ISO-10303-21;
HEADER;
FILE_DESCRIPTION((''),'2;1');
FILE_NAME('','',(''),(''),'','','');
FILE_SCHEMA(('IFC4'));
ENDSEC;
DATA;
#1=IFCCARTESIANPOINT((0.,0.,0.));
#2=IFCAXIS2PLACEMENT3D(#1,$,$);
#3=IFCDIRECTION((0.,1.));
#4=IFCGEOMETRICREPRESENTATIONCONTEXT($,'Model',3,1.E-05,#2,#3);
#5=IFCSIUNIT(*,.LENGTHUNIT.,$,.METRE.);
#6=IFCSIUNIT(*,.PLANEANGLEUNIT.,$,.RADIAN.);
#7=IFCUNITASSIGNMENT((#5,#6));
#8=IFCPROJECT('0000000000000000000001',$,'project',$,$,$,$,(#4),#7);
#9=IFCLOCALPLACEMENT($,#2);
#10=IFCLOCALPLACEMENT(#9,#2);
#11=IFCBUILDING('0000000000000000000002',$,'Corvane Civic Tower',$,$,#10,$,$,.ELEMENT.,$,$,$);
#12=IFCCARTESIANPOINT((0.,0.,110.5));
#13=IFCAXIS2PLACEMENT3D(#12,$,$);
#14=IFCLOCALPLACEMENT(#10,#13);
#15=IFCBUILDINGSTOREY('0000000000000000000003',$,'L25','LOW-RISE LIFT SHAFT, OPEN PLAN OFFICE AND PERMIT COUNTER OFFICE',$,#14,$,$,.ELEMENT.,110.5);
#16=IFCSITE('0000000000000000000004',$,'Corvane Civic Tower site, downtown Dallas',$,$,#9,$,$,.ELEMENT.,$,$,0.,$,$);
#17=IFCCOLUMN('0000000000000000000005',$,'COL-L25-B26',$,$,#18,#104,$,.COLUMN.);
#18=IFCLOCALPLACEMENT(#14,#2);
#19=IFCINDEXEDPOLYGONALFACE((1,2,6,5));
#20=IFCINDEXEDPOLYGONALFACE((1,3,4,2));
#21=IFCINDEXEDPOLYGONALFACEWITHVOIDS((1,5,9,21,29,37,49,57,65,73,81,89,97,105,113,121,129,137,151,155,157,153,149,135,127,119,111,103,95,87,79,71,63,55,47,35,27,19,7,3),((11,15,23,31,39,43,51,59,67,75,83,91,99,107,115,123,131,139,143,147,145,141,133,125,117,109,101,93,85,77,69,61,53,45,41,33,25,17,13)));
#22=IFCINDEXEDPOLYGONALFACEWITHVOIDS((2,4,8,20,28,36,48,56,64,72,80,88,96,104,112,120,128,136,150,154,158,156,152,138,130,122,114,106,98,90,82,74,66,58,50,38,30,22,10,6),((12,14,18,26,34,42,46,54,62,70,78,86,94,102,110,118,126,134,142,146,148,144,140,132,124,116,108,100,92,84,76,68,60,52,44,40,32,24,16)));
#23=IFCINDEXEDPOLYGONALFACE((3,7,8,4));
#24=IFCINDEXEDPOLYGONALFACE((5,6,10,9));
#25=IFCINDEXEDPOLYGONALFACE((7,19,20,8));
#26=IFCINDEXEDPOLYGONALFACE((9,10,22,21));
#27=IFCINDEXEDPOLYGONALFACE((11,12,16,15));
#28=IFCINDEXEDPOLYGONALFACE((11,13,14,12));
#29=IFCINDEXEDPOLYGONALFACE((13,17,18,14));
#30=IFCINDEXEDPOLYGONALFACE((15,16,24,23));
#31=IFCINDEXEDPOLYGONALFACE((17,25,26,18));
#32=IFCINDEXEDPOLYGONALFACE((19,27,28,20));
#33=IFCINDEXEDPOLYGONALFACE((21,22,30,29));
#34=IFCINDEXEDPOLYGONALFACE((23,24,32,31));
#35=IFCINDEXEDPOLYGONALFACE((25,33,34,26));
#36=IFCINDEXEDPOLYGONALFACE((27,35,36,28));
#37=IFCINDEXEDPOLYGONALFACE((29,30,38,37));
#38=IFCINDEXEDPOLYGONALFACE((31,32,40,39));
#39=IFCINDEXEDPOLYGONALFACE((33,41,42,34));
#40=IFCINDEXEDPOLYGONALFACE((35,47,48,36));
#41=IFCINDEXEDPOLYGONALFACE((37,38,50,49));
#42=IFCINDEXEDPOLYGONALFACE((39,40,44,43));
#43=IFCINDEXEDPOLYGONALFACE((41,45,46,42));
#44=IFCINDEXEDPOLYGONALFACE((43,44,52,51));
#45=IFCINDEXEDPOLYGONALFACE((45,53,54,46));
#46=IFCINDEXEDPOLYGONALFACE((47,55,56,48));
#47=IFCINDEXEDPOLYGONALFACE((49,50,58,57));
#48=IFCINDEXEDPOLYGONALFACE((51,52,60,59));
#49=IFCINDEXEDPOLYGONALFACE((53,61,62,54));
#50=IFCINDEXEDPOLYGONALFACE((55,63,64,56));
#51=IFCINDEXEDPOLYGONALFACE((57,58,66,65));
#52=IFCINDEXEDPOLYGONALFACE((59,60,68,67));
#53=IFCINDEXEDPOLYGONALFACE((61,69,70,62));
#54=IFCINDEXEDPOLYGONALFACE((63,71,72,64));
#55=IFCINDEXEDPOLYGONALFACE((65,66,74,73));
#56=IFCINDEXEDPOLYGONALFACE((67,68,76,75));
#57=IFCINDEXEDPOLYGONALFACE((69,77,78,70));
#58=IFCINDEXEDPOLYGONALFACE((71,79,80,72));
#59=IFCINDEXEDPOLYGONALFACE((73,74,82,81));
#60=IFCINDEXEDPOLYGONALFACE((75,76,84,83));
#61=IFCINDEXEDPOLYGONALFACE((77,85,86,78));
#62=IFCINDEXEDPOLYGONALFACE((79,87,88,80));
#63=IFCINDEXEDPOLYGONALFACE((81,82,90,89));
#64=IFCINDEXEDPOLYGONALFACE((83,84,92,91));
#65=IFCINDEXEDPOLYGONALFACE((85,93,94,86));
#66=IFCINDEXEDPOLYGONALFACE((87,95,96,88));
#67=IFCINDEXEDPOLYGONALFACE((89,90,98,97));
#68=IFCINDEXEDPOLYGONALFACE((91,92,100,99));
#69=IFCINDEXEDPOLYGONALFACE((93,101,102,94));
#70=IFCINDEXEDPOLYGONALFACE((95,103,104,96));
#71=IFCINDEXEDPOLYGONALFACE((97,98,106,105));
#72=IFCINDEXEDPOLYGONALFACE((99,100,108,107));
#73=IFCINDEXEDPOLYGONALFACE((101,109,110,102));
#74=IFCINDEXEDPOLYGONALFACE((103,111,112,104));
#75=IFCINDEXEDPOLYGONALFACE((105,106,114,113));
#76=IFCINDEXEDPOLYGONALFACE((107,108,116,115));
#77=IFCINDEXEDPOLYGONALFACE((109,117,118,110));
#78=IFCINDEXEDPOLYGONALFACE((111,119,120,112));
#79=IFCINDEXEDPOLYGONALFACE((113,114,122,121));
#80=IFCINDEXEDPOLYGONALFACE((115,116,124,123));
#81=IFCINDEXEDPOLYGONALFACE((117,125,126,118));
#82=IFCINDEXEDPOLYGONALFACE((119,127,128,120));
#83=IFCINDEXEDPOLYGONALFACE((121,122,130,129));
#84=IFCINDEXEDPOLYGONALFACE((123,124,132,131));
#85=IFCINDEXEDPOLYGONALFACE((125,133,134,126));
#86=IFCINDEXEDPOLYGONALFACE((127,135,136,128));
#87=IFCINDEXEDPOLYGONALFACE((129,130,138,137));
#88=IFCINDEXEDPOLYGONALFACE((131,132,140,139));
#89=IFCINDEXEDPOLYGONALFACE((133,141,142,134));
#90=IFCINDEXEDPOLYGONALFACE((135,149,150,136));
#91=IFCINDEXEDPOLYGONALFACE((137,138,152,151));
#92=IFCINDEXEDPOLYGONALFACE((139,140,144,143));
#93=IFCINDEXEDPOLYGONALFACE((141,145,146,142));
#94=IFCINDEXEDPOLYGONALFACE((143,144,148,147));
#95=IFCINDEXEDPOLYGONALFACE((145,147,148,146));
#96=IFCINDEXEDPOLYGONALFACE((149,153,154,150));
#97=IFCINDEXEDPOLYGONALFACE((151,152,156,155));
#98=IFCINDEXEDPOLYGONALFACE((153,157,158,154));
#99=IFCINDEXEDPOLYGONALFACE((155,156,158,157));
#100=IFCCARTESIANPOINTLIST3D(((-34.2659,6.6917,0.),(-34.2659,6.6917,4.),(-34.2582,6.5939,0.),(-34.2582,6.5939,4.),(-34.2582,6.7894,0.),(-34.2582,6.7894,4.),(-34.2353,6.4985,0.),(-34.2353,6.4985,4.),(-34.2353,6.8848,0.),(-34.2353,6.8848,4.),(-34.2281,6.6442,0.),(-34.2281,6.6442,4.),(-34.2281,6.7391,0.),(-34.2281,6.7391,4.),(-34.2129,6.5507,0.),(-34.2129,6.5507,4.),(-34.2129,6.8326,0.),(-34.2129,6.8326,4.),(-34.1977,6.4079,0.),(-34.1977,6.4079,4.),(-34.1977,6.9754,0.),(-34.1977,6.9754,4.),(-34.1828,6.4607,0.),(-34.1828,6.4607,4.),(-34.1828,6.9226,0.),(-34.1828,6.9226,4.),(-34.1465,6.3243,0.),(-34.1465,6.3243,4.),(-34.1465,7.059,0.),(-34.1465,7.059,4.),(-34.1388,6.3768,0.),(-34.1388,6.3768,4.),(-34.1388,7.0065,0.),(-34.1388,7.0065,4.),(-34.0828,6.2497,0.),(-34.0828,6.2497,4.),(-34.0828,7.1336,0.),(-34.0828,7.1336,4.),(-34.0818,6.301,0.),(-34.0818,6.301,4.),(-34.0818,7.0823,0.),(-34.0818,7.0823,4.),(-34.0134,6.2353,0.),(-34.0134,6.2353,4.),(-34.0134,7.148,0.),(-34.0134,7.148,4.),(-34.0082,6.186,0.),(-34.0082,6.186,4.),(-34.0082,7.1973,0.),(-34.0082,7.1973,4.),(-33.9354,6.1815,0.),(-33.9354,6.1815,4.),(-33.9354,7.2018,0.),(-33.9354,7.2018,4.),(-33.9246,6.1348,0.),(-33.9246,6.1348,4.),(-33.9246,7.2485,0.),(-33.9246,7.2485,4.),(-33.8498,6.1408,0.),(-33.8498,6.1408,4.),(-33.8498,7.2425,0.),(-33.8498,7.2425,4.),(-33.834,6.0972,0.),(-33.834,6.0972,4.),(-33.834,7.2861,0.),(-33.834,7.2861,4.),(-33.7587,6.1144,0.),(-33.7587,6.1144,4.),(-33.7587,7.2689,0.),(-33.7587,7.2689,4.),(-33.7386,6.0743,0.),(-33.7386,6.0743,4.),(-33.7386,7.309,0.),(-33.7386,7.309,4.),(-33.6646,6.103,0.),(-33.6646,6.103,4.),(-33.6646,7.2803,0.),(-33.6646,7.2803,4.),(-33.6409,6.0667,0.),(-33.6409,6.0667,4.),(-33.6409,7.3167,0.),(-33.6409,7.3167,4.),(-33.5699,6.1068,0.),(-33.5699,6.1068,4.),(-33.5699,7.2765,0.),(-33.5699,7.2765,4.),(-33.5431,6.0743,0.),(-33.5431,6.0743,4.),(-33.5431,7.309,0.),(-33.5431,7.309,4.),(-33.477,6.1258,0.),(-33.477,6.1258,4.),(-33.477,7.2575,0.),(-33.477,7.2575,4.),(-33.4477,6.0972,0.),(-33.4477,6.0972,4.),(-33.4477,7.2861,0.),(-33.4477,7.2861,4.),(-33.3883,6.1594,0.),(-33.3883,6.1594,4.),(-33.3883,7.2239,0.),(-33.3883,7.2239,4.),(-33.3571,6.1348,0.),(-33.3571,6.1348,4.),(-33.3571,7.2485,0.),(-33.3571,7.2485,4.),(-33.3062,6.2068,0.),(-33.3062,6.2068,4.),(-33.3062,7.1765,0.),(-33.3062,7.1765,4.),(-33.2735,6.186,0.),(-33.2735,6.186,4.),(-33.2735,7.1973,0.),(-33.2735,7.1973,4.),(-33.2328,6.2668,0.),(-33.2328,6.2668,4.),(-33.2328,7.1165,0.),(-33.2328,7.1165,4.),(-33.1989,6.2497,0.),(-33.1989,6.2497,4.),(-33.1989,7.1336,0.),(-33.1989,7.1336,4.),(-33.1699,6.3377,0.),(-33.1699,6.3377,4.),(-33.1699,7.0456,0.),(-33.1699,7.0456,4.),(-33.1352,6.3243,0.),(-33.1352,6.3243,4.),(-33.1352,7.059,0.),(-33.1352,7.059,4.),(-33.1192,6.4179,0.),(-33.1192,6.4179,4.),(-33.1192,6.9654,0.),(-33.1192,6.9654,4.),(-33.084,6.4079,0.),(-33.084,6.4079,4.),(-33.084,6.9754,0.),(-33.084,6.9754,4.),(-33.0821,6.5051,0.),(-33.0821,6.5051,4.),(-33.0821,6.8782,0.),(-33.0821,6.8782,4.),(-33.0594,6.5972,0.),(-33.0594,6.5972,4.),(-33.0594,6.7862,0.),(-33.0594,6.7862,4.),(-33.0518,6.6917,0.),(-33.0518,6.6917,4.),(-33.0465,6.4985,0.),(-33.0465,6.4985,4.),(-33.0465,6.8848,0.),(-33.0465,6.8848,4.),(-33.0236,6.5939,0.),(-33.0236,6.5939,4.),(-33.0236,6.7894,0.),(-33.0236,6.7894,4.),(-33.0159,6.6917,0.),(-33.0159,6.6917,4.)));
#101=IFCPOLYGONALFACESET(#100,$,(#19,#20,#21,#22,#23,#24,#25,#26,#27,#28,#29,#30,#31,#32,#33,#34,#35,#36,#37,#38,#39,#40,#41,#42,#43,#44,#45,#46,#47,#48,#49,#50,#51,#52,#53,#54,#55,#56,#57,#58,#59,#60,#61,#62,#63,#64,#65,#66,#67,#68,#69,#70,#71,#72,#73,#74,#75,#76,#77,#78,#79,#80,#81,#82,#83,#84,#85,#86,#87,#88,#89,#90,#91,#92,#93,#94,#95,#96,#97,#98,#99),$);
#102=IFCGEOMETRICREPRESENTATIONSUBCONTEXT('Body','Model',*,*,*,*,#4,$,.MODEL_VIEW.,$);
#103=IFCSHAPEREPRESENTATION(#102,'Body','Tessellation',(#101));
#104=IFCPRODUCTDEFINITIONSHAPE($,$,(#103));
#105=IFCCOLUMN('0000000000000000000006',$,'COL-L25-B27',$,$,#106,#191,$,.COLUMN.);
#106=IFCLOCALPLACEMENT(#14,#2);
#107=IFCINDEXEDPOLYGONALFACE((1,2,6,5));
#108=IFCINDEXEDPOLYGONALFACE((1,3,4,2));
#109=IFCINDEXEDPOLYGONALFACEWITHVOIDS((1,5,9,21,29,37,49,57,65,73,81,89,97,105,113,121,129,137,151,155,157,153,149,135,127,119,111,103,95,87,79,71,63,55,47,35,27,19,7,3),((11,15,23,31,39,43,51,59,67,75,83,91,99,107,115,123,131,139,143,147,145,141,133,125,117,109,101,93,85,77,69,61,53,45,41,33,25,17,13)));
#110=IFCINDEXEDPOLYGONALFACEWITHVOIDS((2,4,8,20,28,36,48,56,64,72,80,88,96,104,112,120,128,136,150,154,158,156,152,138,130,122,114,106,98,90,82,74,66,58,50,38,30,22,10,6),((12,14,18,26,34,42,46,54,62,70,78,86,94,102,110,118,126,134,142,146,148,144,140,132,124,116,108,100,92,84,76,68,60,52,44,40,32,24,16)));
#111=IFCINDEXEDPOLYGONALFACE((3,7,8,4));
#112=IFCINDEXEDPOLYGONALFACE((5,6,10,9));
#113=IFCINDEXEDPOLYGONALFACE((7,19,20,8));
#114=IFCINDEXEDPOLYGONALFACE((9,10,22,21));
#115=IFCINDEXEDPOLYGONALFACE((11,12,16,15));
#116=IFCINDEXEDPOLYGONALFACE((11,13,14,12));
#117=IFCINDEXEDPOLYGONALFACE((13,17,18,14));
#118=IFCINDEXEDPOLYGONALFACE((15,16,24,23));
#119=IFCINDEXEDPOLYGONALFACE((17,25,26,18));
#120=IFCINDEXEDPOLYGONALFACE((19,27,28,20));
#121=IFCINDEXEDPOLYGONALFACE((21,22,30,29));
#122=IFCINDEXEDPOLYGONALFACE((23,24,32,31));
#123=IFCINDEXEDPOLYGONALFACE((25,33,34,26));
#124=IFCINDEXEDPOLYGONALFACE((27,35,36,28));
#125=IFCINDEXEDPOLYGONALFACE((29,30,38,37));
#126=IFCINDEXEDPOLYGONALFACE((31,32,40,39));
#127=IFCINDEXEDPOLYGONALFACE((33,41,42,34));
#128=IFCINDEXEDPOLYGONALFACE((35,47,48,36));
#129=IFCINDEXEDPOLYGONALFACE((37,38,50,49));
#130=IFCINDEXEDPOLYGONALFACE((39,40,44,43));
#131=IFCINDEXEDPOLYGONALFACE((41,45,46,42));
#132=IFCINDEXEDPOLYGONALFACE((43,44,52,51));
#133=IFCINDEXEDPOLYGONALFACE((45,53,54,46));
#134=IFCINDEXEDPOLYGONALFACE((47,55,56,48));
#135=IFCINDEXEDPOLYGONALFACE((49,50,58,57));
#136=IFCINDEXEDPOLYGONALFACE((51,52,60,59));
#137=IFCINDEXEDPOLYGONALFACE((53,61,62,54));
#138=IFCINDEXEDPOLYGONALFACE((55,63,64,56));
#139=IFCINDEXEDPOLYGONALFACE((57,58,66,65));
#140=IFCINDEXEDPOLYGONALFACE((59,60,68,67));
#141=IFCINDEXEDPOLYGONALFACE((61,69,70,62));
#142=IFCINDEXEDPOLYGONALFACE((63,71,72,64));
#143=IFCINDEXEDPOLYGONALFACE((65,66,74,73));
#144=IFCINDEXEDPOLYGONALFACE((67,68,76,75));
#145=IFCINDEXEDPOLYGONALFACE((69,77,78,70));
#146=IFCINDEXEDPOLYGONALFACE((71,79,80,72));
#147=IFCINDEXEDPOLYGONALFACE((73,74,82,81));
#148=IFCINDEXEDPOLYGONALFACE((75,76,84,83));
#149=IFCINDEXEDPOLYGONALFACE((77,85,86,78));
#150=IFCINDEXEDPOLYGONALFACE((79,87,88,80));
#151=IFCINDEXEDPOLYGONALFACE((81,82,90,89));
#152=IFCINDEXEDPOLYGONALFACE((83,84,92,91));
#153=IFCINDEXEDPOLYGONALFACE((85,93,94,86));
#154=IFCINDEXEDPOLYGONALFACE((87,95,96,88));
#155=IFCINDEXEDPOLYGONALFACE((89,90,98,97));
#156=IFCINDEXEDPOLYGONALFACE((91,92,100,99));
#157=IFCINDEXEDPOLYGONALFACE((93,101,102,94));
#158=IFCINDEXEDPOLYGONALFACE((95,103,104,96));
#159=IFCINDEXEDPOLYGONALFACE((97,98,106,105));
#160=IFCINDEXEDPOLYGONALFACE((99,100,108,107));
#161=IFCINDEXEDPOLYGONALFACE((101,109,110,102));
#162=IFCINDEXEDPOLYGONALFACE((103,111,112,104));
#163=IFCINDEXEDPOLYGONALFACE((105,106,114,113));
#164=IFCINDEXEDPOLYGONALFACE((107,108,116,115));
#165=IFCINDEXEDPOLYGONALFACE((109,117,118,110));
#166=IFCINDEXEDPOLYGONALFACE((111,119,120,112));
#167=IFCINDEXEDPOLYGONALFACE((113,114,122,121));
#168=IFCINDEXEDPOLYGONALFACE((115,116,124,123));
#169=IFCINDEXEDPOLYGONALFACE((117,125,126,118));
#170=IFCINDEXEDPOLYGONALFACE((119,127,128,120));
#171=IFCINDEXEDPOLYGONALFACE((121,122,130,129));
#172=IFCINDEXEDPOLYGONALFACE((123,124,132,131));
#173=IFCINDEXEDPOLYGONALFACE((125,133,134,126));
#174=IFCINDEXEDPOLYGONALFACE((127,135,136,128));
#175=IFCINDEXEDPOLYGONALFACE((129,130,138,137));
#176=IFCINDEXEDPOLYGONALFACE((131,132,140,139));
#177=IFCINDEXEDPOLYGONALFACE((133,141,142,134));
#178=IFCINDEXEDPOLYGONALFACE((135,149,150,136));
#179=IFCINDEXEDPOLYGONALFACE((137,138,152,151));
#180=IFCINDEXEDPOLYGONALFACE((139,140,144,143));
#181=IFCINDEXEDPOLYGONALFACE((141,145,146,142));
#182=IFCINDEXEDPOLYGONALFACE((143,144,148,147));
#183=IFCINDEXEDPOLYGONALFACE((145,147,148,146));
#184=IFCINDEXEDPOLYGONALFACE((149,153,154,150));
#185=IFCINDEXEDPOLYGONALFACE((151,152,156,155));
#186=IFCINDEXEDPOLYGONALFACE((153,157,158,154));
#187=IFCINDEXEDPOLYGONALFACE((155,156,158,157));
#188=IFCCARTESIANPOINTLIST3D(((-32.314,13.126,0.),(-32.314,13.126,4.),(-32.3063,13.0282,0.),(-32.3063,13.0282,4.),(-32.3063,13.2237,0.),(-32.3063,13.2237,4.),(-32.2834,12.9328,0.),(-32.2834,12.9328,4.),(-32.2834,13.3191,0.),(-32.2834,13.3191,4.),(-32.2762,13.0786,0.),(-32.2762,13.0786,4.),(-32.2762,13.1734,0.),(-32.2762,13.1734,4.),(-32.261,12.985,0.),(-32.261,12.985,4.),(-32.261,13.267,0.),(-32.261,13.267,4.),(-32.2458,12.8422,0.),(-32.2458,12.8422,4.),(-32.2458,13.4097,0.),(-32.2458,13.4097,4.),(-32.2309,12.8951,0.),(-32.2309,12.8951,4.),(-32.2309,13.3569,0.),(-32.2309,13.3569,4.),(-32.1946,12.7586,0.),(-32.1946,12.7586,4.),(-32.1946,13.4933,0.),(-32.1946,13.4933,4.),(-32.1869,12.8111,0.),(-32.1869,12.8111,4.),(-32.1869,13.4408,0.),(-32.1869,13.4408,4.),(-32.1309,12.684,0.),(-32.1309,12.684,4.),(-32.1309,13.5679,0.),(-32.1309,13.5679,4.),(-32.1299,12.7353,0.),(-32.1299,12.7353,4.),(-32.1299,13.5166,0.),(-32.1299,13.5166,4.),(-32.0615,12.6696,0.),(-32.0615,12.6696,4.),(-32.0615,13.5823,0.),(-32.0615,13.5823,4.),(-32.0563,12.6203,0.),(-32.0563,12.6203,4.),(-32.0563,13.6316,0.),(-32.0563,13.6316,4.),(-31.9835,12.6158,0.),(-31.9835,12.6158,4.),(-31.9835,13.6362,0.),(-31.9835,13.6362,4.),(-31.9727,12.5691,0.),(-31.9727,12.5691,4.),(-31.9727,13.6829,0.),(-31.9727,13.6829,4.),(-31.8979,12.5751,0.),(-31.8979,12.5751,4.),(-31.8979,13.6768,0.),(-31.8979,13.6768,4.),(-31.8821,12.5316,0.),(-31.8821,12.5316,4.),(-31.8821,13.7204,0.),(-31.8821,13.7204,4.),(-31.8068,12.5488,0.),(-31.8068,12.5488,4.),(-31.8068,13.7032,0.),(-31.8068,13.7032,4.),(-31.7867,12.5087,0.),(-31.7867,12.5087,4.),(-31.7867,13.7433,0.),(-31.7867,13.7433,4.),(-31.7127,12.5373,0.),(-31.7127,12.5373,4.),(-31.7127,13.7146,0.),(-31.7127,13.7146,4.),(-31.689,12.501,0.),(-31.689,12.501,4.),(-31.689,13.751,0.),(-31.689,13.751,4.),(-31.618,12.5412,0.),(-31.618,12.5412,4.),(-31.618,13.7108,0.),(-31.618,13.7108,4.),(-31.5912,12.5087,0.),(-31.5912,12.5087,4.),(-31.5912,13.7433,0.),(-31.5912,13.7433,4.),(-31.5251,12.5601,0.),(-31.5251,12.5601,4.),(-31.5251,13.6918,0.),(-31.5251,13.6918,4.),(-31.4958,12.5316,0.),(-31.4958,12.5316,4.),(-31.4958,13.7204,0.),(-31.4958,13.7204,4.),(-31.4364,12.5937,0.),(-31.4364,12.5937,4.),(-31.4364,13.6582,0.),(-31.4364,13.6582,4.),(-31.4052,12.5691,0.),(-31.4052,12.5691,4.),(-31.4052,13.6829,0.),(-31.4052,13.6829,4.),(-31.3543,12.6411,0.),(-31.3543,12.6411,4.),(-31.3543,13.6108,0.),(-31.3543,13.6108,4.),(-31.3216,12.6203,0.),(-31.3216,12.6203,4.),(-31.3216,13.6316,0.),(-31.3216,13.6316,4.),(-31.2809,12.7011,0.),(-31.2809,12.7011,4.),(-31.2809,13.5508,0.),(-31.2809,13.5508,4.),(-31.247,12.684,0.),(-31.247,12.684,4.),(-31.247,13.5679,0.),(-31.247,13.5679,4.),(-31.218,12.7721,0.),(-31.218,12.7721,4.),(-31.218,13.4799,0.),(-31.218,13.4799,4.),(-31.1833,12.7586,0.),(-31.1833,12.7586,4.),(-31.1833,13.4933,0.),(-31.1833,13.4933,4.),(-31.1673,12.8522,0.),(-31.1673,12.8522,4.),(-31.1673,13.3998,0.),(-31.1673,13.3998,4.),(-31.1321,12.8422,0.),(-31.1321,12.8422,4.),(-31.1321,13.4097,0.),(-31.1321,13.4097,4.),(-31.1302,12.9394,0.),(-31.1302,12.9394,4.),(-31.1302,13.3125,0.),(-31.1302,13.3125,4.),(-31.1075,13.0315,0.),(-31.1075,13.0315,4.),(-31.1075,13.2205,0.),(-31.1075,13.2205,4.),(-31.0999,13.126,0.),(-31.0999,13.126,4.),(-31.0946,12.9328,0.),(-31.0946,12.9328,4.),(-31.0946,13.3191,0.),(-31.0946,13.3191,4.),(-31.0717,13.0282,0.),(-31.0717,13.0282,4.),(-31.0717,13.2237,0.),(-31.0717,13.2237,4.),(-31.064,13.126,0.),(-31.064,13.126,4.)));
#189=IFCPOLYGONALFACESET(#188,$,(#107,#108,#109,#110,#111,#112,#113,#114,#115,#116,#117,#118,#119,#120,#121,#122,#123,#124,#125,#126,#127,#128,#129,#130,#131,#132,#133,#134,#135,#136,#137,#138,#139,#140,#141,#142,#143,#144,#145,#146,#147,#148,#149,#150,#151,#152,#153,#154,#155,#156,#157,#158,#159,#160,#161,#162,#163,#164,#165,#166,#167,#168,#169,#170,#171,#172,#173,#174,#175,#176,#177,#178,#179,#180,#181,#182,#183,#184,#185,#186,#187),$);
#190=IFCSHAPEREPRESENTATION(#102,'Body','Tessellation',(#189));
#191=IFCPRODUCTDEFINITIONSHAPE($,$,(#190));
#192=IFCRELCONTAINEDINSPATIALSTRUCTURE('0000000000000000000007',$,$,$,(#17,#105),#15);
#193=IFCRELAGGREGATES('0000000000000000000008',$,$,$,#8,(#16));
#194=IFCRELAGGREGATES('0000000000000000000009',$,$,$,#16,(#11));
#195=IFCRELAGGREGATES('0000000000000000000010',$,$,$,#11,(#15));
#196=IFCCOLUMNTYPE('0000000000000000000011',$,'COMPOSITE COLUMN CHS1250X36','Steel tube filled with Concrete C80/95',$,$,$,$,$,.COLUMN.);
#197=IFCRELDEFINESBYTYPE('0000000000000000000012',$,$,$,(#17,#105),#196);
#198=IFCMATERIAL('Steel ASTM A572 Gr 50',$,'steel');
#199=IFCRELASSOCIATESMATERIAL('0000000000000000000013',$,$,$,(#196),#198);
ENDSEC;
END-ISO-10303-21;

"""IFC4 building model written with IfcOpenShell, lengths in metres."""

from ifc_helpers import new_model, si_unit, direction, frame, origin, origin_2d, place, context, subcontext, project, spatial, hollow_circle, extrude, material, material_profile, profile_set, type_object, element, save


model = new_model("IFC4")

# Units and contexts
model_context = context("Model", 3, precision=1e-05, world=origin(), true_north=direction((0.0, 1.0)))
body_context = subcontext(model_context, "Body", "Model", "MODEL_VIEW")
ifc_project = project(units=[si_unit("LENGTHUNIT", "METRE"), si_unit("PLANEANGLEUNIT", "RADIAN")], contexts=[model_context])

# Site, building, storey
site_placement = place(None, origin())
site = spatial("IfcSite", under=ifc_project, at=site_placement, Name="Corvane Civic Tower site, downtown Dallas", CompositionType="ELEMENT", RefElevation=0.0)
building_placement = place(site_placement, origin())
building = spatial("IfcBuilding", under=site, at=building_placement, Name="Corvane Civic Tower", CompositionType="ELEMENT")
storey_placement = place(building_placement, frame((0.0, 0.0, 110.5)))
storey = spatial("IfcBuildingStorey", under=building, at=storey_placement, Name="L25", Description="LOW-RISE LIFT SHAFT, OPEN PLAN OFFICE AND PERMIT COUNTER OFFICE", CompositionType="ELEMENT", Elevation=110.5)

# Columns
ifc_material_1 = material(Name="Steel ASTM A572 Gr 50", Category="steel")
ifc_material_profile_1 = material_profile(ifc_material_1, hollow_circle(Radius=0.625, WallThickness=0.0359, at=origin_2d()), Name="CHS1250X36")
ifc_profile_set_1 = profile_set([ifc_material_profile_1], Name="Steel ASTM A572 Gr 50")
column_type = type_object("IfcColumnType", Name="COMPOSITE COLUMN CHS1250X36", Description="Steel tube filled with Concrete C80/95", PredefinedType="COLUMN", material=ifc_profile_set_1)
for number, where, z_axis, x_axis, name in (
    (1, (-33.6409, 6.6917, 0.0), (0.0, 0.0, 1.0), (1.0, 0.0, 0.0), "COL-L25-B26"),
    (2, (-31.689, 13.126, 0.0), (0.0, 0.0, 1.0), (1.0, 0.0, 0.0), "COL-L25-B27"),
):
    element("IfcColumn", number, at=place(storey_placement, frame(where, z_axis=z_axis, x_axis=x_axis)), inside=storey, type_object=column_type, Name=name, PredefinedType="COLUMN", context=body_context, shape_type="SweptSolid", body=[
        extrude(hollow_circle(Radius=0.625, WallThickness=0.0359, at=origin_2d()), origin(), (0.0, 0.0, 1.0), 4.0),
    ])

save(model, "model.ifc")
